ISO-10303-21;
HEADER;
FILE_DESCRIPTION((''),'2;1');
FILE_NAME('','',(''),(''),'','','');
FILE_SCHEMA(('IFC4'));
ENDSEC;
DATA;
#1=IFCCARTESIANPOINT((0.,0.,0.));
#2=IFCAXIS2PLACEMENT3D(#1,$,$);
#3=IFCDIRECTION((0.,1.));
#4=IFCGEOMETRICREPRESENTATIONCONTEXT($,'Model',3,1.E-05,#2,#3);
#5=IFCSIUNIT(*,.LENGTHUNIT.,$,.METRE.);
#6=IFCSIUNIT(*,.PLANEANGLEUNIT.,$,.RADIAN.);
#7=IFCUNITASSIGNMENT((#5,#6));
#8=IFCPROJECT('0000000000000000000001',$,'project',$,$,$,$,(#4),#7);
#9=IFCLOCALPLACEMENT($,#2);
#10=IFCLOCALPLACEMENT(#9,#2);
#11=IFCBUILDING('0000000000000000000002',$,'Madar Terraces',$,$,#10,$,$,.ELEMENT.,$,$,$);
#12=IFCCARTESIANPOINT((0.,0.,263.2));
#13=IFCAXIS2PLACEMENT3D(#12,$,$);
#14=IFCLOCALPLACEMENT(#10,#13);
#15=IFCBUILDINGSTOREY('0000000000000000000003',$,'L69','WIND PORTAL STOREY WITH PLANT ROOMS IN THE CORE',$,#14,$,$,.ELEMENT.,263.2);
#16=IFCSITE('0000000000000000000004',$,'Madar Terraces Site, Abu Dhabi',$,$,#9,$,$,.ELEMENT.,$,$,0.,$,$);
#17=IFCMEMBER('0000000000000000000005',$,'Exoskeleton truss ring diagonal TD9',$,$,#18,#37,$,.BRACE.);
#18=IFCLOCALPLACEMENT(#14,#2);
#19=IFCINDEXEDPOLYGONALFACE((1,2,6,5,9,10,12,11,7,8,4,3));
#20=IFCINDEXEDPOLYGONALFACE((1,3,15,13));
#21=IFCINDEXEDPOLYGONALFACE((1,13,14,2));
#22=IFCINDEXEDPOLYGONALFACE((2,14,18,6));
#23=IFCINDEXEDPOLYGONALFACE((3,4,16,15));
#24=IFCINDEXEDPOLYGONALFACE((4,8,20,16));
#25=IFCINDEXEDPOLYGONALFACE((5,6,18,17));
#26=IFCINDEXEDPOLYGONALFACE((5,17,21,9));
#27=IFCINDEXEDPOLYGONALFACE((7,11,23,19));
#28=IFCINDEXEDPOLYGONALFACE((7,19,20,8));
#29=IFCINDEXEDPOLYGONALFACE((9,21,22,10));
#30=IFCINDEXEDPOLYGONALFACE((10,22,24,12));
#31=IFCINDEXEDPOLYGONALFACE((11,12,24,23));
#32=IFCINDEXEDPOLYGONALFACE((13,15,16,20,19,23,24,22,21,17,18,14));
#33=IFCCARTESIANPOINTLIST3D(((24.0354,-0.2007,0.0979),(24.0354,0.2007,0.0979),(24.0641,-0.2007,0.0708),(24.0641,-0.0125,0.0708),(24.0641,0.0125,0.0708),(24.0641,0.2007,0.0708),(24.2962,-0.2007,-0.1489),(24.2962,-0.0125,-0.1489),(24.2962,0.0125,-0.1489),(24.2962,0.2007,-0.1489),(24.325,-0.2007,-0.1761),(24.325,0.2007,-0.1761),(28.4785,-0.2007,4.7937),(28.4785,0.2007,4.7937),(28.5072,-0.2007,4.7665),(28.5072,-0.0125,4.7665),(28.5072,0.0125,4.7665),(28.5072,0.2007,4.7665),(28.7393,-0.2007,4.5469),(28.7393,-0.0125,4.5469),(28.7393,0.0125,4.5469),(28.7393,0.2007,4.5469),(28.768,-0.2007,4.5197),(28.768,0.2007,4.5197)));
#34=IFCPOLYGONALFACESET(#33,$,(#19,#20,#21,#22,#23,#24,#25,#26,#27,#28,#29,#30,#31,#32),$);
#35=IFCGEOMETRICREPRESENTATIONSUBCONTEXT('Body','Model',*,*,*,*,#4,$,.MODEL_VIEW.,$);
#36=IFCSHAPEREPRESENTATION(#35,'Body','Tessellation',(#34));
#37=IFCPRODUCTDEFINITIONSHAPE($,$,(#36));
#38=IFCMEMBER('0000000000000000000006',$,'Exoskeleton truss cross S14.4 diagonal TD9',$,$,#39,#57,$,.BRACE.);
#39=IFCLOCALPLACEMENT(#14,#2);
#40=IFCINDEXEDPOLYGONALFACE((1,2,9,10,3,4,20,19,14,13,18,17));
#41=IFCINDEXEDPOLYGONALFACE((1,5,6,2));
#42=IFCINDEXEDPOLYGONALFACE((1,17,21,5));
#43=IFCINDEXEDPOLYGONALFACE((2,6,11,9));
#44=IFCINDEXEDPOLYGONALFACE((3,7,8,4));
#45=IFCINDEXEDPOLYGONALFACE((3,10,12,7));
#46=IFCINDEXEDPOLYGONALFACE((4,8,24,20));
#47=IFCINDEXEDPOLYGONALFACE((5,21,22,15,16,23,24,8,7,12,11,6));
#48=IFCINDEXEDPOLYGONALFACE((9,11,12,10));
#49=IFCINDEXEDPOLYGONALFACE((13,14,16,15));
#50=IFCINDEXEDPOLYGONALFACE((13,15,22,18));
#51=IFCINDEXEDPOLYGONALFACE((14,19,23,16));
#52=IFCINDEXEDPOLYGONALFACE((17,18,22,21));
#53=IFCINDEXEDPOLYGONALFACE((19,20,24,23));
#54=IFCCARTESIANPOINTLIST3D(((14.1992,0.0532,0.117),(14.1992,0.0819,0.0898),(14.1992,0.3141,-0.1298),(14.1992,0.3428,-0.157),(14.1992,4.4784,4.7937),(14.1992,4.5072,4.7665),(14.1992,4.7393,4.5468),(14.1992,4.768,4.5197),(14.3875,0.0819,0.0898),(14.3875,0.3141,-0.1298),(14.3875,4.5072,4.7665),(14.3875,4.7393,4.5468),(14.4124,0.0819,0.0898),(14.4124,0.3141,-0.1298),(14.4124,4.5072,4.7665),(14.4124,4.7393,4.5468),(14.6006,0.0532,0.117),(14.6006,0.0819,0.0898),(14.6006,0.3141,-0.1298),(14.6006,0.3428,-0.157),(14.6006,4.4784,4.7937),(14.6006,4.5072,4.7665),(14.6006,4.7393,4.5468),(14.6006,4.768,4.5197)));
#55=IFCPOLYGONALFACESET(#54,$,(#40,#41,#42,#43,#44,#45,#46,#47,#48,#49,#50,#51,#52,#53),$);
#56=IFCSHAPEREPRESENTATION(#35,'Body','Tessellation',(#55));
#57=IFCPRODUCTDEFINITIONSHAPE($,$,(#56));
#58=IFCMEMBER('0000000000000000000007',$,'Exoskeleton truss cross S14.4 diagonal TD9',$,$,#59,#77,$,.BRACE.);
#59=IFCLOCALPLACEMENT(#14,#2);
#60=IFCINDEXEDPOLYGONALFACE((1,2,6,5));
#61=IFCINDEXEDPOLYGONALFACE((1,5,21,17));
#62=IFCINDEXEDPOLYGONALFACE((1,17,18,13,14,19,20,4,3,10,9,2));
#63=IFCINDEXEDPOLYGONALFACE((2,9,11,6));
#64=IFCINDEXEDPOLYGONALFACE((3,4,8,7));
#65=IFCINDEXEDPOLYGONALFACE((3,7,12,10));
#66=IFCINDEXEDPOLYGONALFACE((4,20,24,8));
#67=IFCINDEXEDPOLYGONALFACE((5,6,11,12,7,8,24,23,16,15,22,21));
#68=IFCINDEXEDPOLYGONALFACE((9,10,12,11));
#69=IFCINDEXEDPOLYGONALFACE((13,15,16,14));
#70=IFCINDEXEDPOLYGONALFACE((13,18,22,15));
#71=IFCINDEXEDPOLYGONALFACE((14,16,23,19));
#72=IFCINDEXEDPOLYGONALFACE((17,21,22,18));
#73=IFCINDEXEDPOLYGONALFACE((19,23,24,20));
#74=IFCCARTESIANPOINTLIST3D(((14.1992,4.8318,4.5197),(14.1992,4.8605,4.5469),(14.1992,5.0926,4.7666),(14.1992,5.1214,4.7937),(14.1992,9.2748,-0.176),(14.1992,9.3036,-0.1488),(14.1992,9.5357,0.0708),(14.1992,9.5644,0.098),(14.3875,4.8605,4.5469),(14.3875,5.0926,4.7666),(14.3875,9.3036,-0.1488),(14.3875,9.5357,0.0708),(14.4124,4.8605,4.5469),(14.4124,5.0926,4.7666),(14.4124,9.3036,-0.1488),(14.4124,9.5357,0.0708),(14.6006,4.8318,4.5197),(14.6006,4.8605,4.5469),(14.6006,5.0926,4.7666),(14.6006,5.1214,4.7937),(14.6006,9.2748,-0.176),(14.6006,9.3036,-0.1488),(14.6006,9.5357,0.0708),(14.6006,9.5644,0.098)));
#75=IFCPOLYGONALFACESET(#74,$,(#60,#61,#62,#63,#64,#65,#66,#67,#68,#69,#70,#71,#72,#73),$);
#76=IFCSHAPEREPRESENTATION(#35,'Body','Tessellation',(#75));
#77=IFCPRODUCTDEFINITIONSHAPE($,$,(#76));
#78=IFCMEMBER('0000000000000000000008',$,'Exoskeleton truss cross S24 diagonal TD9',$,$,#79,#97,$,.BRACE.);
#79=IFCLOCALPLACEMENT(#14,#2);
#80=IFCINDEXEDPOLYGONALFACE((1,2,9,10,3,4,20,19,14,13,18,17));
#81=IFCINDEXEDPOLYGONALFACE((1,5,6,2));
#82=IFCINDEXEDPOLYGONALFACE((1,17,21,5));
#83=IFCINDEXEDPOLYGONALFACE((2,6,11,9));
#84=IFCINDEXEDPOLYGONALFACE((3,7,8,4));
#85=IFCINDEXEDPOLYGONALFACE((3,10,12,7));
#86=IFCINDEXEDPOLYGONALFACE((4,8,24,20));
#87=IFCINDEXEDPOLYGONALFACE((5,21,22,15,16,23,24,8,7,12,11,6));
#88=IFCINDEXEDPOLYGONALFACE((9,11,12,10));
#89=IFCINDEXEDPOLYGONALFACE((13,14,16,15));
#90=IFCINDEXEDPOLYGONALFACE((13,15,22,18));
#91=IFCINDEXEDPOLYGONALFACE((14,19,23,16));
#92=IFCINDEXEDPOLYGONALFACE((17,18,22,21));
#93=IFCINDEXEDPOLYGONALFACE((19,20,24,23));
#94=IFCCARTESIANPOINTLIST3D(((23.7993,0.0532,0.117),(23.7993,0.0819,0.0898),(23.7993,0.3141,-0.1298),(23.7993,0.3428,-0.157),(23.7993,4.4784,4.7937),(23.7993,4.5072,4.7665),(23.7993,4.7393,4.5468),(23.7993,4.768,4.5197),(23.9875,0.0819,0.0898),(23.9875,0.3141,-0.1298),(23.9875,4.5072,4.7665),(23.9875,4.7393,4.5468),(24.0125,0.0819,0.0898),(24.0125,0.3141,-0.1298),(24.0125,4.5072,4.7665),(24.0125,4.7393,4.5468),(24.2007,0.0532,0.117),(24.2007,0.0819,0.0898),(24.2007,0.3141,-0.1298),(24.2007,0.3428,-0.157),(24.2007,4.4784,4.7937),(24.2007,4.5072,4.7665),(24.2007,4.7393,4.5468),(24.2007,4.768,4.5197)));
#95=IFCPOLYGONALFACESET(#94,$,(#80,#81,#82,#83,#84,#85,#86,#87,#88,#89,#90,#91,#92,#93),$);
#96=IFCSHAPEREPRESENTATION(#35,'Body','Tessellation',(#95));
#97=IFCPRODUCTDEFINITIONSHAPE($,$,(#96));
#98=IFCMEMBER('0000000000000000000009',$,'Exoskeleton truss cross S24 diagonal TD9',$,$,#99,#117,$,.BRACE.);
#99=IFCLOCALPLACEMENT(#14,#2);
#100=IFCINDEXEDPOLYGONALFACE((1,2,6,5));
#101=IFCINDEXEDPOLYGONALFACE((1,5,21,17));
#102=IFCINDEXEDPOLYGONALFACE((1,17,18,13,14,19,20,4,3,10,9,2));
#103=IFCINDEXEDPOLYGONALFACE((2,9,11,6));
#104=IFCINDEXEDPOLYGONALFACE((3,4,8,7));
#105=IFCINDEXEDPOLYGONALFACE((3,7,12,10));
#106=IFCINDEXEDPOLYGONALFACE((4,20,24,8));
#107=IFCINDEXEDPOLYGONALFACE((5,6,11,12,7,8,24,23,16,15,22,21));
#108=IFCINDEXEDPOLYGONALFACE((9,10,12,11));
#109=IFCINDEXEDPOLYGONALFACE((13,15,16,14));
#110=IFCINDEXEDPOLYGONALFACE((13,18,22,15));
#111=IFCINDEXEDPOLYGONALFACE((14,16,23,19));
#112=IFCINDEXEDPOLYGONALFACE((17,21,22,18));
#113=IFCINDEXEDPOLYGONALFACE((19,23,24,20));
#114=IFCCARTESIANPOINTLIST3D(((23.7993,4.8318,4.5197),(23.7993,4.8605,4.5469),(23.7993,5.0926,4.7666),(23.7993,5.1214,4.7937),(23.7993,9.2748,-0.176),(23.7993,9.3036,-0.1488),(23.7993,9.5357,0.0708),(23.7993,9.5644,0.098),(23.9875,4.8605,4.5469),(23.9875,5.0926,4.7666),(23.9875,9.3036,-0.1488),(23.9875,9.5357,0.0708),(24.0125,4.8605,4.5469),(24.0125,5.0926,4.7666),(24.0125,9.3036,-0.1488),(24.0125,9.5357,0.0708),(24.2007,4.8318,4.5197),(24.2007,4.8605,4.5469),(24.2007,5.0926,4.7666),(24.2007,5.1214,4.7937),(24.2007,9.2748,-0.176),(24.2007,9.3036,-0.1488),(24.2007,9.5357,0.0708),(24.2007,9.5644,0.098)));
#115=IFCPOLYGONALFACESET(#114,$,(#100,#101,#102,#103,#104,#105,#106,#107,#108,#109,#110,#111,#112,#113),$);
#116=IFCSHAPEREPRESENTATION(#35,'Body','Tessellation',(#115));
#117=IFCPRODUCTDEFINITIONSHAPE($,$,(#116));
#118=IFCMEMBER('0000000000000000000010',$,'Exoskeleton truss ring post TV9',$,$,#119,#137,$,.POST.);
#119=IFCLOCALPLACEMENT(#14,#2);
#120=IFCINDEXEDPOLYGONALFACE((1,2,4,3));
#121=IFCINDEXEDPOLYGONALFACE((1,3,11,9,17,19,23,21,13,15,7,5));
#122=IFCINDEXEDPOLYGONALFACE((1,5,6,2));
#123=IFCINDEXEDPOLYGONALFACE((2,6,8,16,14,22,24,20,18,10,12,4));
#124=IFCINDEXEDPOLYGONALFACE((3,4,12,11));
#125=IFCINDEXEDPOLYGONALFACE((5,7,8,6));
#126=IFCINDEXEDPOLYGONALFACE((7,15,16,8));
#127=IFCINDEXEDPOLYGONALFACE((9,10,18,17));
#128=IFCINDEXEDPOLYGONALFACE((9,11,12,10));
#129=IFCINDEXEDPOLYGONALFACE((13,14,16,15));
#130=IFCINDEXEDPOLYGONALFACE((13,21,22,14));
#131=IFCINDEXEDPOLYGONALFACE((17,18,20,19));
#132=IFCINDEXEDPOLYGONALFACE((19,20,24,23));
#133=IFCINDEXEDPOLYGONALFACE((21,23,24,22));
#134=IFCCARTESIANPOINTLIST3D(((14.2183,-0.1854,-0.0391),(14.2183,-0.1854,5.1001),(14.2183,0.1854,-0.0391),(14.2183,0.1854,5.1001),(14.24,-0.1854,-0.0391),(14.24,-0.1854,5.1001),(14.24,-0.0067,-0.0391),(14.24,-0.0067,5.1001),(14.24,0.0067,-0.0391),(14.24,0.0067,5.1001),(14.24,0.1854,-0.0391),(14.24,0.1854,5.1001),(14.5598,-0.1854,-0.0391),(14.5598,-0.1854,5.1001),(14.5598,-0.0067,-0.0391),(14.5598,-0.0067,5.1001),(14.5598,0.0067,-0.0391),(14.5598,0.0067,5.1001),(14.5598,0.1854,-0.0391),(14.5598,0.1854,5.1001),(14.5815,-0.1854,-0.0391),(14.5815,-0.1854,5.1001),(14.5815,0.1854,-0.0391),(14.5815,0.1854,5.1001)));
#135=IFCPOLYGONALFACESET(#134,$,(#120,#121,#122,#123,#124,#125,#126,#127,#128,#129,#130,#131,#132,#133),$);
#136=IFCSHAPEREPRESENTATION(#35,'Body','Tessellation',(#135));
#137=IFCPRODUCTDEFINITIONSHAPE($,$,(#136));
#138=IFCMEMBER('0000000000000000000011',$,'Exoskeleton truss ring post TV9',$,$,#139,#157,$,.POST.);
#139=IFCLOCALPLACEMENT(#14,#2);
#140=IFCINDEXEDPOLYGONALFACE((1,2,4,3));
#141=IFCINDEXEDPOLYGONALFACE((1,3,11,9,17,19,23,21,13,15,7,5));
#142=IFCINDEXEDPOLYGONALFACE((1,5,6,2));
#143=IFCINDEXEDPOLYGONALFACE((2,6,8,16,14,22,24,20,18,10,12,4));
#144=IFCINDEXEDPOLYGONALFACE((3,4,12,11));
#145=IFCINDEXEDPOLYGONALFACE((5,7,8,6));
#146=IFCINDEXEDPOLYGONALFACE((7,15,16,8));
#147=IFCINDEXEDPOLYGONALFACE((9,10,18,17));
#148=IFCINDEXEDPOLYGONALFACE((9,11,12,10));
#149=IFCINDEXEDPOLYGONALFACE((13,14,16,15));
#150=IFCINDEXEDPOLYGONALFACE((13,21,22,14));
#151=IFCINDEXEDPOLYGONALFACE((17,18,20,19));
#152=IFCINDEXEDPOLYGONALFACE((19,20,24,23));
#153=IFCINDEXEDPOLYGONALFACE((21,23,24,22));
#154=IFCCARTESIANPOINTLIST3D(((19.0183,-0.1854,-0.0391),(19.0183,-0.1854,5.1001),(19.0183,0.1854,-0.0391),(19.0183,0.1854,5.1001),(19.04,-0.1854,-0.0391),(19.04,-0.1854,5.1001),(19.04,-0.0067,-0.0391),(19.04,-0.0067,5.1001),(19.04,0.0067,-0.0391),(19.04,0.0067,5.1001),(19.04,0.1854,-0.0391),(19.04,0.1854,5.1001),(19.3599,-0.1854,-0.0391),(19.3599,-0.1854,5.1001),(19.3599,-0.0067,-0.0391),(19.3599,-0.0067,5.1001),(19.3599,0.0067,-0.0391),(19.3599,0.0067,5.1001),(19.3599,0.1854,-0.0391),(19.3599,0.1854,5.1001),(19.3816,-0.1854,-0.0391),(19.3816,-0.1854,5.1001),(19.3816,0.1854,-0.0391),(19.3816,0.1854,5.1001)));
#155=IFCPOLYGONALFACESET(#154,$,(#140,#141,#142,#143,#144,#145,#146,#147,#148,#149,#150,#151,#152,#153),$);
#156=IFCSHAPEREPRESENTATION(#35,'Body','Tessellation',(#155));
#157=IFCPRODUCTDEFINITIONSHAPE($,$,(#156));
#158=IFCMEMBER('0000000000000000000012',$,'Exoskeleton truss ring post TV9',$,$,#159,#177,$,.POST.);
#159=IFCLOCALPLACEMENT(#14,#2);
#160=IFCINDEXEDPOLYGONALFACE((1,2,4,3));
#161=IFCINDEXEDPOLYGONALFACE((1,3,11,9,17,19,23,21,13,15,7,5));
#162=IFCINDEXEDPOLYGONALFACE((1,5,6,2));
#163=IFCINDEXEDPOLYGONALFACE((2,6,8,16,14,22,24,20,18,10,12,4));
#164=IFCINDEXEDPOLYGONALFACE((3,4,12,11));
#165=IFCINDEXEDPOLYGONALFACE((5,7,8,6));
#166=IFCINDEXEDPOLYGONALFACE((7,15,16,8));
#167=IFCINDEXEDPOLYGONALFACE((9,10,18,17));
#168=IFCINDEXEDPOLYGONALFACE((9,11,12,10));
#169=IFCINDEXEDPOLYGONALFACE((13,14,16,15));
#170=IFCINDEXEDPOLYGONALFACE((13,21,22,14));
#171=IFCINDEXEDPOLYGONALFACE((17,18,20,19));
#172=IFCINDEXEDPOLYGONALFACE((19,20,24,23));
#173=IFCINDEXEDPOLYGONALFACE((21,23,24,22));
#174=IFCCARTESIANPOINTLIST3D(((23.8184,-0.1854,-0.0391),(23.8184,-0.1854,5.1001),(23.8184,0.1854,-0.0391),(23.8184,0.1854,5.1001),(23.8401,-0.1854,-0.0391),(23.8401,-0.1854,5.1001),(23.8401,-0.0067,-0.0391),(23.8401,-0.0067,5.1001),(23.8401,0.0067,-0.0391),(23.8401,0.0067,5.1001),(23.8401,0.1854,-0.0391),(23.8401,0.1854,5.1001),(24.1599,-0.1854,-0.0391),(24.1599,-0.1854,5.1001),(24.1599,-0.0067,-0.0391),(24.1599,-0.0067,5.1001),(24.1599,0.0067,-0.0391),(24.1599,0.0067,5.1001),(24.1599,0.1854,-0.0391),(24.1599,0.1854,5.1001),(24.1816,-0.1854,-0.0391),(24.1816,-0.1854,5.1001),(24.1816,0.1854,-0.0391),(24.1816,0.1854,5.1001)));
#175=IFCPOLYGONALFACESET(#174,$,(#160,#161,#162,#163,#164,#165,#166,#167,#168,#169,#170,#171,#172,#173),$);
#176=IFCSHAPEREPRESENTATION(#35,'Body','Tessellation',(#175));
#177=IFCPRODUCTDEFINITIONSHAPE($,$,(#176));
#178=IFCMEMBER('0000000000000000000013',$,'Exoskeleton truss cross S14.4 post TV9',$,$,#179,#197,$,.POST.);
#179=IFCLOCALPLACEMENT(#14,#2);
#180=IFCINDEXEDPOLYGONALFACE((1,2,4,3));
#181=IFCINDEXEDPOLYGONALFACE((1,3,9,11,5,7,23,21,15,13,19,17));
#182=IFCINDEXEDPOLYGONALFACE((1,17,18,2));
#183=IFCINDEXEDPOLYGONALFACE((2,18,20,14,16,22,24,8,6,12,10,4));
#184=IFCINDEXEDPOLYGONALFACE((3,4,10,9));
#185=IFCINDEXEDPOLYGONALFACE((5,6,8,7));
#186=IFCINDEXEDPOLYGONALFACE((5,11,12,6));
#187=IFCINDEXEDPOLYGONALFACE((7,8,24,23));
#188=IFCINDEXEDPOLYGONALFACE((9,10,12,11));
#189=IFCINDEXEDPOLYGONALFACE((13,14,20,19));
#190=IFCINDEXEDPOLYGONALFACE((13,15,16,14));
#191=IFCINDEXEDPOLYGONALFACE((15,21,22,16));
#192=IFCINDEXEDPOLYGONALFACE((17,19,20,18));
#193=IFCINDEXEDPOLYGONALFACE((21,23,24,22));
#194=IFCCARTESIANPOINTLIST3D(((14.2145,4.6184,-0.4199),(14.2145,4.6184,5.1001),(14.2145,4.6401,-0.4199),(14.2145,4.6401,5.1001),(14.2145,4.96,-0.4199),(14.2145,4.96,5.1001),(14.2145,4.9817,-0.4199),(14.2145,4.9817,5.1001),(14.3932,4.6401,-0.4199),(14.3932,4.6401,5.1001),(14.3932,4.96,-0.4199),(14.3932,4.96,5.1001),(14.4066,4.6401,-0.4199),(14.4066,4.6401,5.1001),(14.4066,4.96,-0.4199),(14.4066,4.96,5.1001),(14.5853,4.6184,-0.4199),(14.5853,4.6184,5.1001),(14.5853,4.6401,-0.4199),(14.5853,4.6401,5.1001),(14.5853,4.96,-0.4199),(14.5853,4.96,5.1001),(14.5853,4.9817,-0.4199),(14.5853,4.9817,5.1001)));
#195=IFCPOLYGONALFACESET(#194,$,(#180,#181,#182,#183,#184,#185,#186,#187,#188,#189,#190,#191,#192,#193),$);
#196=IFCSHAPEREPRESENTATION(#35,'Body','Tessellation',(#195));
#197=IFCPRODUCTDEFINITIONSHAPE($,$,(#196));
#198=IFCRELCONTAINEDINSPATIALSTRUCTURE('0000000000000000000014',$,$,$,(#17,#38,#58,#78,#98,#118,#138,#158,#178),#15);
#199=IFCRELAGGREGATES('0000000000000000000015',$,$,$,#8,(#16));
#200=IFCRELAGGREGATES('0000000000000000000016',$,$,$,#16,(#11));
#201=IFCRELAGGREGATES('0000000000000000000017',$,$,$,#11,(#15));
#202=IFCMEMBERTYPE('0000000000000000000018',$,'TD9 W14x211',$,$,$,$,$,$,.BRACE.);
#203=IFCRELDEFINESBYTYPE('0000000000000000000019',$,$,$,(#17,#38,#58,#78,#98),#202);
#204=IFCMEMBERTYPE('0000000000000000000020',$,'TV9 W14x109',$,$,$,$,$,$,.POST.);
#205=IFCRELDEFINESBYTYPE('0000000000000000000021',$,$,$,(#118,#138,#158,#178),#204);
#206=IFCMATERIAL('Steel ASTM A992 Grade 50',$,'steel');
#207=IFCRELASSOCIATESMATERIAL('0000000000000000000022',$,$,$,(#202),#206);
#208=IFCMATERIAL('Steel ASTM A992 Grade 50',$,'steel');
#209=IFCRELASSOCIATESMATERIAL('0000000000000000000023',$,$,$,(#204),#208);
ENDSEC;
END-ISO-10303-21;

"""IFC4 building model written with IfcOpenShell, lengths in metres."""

from ifc_helpers import new_model, si_unit, direction, frame, origin, origin_2d, place, context, subcontext, project, spatial, i_section, extrude, material, material_profile, profile_set, type_object, element, save


model = new_model("IFC4")

# Units and contexts
model_context = context("Model", 3, precision=1e-05, world=origin(), true_north=direction((0.0, 1.0)))
body_context = subcontext(model_context, "Body", "Model", "MODEL_VIEW")
ifc_project = project(units=[si_unit("LENGTHUNIT", "METRE"), si_unit("PLANEANGLEUNIT", "RADIAN")], contexts=[model_context])

# Site, building, storey
site_placement = place(None, origin())
site = spatial("IfcSite", under=ifc_project, at=site_placement, Name="Madar Terraces Site, Abu Dhabi", CompositionType="ELEMENT", RefElevation=0.0)
building_placement = place(site_placement, origin())
building = spatial("IfcBuilding", under=site, at=building_placement, Name="Madar Terraces", CompositionType="ELEMENT")
storey_placement = place(building_placement, frame((0.0, 0.0, 263.2)))
storey = spatial("IfcBuildingStorey", under=building, at=storey_placement, Name="L69", Description="WIND PORTAL STOREY WITH PLANT ROOMS IN THE CORE", CompositionType="ELEMENT", Elevation=263.2)

# Members
ifc_material_1 = material(Name="Steel ASTM A992 Grade 50", Category="steel")
ifc_material_profile_1 = material_profile(ifc_material_1, i_section(OverallWidth=0.4014, OverallDepth=0.3987, WebThickness=0.0249, FlangeThickness=0.0396, at=origin_2d()), Name="W14x211")
ifc_profile_set_1 = profile_set([ifc_material_profile_1], Name="Steel ASTM A992 Grade 50")
member_type_1 = type_object("IfcMemberType", Name="TD9 W14x211", PredefinedType="BRACE", material=ifc_profile_set_1)
for number, where, z_axis, x_axis, name in (
    (1, (24.1802, 0.0, -0.0391), (0.687293, 0.0, 0.72638), (0.0, 1.0, 0.0), "Exoskeleton truss ring diagonal TD9"),
):
    element("IfcMember", number, at=place(storey_placement, frame(where, z_axis=z_axis, x_axis=x_axis)), inside=storey, type_object=member_type_1, Name=name, PredefinedType="BRACE", context=body_context, shape_type="SweptSolid", body=[
        extrude(i_section(OverallWidth=0.4014, OverallDepth=0.3987, WebThickness=0.0249, FlangeThickness=0.0396, at=origin_2d()), origin(), (0.0, 0.0, 1.0), 6.4646),
    ])
member_1_placement = place(storey_placement, frame((14.3999, 0.198, -0.02), z_axis=(0.0, 0.687309, 0.726365), x_axis=(-1.0, 0.0, 0.0)))
element("IfcMember", 2, at=member_1_placement, inside=storey, type_object=member_type_1, Name="Exoskeleton truss cross S14.4 diagonal TD9", PredefinedType="BRACE", context=body_context, shape_type="SweptSolid", body=[
    extrude(i_section(OverallWidth=0.4014, OverallDepth=0.3987, WebThickness=0.0249, FlangeThickness=0.0396, at=origin_2d()), origin(), (0.0, 0.0, 1.0), 6.4385),
])
member_2_placement = place(storey_placement, frame((14.3999, 4.9766, 4.6567), z_axis=(0.0, 0.687293, -0.72638), x_axis=(-1.0, 0.0, 0.0)))
element("IfcMember", 3, at=member_2_placement, inside=storey, type_object=member_type_1, Name="Exoskeleton truss cross S14.4 diagonal TD9", PredefinedType="BRACE", context=body_context, shape_type="SweptSolid", body=[
    extrude(i_section(OverallWidth=0.4014, OverallDepth=0.3987, WebThickness=0.0249, FlangeThickness=0.0396, at=origin_2d()), origin(), (0.0, 0.0, 1.0), 6.4646),
])
member_3_placement = place(storey_placement, frame((24.0, 0.198, -0.02), z_axis=(0.0, 0.687309, 0.726365), x_axis=(-1.0, 0.0, 0.0)))
element("IfcMember", 4, at=member_3_placement, inside=storey, type_object=member_type_1, Name="Exoskeleton truss cross S24 diagonal TD9", PredefinedType="BRACE", context=body_context, shape_type="SweptSolid", body=[
    extrude(i_section(OverallWidth=0.4014, OverallDepth=0.3987, WebThickness=0.0249, FlangeThickness=0.0396, at=origin_2d()), origin(), (0.0, 0.0, 1.0), 6.4385),
])
member_4_placement = place(storey_placement, frame((24.0, 4.9766, 4.6567), z_axis=(0.0, 0.687293, -0.72638), x_axis=(-1.0, 0.0, 0.0)))
element("IfcMember", 5, at=member_4_placement, inside=storey, type_object=member_type_1, Name="Exoskeleton truss cross S24 diagonal TD9", PredefinedType="BRACE", context=body_context, shape_type="SweptSolid", body=[
    extrude(i_section(OverallWidth=0.4014, OverallDepth=0.3987, WebThickness=0.0249, FlangeThickness=0.0396, at=origin_2d()), origin(), (0.0, 0.0, 1.0), 6.4646),
])
ifc_material_2 = material(Name="Steel ASTM A992 Grade 50", Category="steel")
ifc_material_profile_2 = material_profile(ifc_material_2, i_section(OverallWidth=0.3708, OverallDepth=0.3633, WebThickness=0.0134, FlangeThickness=0.0217, at=origin_2d()), Name="W14x109")
ifc_profile_set_2 = profile_set([ifc_material_profile_2], Name="Steel ASTM A992 Grade 50")
member_type_2 = type_object("IfcMemberType", Name="TV9 W14x109", PredefinedType="POST", material=ifc_profile_set_2)
for number, where, z_axis, x_axis, name in (
    (6, (14.3999, 0.0, -0.0391), (0.0, 0.0, 1.0), (0.0, 1.0, 0.0), "Exoskeleton truss ring post TV9"),
    (7, (19.2, 0.0, -0.0391), (0.0, 0.0, 1.0), (0.0, 1.0, 0.0), "Exoskeleton truss ring post TV9"),
    (8, (24.0, 0.0, -0.0391), (0.0, 0.0, 1.0), (0.0, 1.0, 0.0), "Exoskeleton truss ring post TV9"),
):
    element("IfcMember", number, at=place(storey_placement, frame(where, z_axis=z_axis, x_axis=x_axis)), inside=storey, type_object=member_type_2, Name=name, PredefinedType="POST", context=body_context, shape_type="SweptSolid", body=[
        extrude(i_section(OverallWidth=0.3708, OverallDepth=0.3633, WebThickness=0.0134, FlangeThickness=0.0217, at=origin_2d()), origin(), (0.0, 0.0, 1.0), 5.1392),
    ])
for number, where, z_axis, x_axis, name in (
    (9, (14.3999, 4.8, -0.4199), (0.0, 0.0, 1.0), (-1.0, 0.0, 0.0), "Exoskeleton truss cross S14.4 post TV9"),
):
    element("IfcMember", number, at=place(storey_placement, frame(where, z_axis=z_axis, x_axis=x_axis)), inside=storey, type_object=member_type_2, Name=name, PredefinedType="POST", context=body_context, shape_type="SweptSolid", body=[
        extrude(i_section(OverallWidth=0.3708, OverallDepth=0.3633, WebThickness=0.0134, FlangeThickness=0.0217, at=origin_2d()), origin(), (0.0, 0.0, 1.0), 5.52),
    ])

save(model, "model.ifc")
